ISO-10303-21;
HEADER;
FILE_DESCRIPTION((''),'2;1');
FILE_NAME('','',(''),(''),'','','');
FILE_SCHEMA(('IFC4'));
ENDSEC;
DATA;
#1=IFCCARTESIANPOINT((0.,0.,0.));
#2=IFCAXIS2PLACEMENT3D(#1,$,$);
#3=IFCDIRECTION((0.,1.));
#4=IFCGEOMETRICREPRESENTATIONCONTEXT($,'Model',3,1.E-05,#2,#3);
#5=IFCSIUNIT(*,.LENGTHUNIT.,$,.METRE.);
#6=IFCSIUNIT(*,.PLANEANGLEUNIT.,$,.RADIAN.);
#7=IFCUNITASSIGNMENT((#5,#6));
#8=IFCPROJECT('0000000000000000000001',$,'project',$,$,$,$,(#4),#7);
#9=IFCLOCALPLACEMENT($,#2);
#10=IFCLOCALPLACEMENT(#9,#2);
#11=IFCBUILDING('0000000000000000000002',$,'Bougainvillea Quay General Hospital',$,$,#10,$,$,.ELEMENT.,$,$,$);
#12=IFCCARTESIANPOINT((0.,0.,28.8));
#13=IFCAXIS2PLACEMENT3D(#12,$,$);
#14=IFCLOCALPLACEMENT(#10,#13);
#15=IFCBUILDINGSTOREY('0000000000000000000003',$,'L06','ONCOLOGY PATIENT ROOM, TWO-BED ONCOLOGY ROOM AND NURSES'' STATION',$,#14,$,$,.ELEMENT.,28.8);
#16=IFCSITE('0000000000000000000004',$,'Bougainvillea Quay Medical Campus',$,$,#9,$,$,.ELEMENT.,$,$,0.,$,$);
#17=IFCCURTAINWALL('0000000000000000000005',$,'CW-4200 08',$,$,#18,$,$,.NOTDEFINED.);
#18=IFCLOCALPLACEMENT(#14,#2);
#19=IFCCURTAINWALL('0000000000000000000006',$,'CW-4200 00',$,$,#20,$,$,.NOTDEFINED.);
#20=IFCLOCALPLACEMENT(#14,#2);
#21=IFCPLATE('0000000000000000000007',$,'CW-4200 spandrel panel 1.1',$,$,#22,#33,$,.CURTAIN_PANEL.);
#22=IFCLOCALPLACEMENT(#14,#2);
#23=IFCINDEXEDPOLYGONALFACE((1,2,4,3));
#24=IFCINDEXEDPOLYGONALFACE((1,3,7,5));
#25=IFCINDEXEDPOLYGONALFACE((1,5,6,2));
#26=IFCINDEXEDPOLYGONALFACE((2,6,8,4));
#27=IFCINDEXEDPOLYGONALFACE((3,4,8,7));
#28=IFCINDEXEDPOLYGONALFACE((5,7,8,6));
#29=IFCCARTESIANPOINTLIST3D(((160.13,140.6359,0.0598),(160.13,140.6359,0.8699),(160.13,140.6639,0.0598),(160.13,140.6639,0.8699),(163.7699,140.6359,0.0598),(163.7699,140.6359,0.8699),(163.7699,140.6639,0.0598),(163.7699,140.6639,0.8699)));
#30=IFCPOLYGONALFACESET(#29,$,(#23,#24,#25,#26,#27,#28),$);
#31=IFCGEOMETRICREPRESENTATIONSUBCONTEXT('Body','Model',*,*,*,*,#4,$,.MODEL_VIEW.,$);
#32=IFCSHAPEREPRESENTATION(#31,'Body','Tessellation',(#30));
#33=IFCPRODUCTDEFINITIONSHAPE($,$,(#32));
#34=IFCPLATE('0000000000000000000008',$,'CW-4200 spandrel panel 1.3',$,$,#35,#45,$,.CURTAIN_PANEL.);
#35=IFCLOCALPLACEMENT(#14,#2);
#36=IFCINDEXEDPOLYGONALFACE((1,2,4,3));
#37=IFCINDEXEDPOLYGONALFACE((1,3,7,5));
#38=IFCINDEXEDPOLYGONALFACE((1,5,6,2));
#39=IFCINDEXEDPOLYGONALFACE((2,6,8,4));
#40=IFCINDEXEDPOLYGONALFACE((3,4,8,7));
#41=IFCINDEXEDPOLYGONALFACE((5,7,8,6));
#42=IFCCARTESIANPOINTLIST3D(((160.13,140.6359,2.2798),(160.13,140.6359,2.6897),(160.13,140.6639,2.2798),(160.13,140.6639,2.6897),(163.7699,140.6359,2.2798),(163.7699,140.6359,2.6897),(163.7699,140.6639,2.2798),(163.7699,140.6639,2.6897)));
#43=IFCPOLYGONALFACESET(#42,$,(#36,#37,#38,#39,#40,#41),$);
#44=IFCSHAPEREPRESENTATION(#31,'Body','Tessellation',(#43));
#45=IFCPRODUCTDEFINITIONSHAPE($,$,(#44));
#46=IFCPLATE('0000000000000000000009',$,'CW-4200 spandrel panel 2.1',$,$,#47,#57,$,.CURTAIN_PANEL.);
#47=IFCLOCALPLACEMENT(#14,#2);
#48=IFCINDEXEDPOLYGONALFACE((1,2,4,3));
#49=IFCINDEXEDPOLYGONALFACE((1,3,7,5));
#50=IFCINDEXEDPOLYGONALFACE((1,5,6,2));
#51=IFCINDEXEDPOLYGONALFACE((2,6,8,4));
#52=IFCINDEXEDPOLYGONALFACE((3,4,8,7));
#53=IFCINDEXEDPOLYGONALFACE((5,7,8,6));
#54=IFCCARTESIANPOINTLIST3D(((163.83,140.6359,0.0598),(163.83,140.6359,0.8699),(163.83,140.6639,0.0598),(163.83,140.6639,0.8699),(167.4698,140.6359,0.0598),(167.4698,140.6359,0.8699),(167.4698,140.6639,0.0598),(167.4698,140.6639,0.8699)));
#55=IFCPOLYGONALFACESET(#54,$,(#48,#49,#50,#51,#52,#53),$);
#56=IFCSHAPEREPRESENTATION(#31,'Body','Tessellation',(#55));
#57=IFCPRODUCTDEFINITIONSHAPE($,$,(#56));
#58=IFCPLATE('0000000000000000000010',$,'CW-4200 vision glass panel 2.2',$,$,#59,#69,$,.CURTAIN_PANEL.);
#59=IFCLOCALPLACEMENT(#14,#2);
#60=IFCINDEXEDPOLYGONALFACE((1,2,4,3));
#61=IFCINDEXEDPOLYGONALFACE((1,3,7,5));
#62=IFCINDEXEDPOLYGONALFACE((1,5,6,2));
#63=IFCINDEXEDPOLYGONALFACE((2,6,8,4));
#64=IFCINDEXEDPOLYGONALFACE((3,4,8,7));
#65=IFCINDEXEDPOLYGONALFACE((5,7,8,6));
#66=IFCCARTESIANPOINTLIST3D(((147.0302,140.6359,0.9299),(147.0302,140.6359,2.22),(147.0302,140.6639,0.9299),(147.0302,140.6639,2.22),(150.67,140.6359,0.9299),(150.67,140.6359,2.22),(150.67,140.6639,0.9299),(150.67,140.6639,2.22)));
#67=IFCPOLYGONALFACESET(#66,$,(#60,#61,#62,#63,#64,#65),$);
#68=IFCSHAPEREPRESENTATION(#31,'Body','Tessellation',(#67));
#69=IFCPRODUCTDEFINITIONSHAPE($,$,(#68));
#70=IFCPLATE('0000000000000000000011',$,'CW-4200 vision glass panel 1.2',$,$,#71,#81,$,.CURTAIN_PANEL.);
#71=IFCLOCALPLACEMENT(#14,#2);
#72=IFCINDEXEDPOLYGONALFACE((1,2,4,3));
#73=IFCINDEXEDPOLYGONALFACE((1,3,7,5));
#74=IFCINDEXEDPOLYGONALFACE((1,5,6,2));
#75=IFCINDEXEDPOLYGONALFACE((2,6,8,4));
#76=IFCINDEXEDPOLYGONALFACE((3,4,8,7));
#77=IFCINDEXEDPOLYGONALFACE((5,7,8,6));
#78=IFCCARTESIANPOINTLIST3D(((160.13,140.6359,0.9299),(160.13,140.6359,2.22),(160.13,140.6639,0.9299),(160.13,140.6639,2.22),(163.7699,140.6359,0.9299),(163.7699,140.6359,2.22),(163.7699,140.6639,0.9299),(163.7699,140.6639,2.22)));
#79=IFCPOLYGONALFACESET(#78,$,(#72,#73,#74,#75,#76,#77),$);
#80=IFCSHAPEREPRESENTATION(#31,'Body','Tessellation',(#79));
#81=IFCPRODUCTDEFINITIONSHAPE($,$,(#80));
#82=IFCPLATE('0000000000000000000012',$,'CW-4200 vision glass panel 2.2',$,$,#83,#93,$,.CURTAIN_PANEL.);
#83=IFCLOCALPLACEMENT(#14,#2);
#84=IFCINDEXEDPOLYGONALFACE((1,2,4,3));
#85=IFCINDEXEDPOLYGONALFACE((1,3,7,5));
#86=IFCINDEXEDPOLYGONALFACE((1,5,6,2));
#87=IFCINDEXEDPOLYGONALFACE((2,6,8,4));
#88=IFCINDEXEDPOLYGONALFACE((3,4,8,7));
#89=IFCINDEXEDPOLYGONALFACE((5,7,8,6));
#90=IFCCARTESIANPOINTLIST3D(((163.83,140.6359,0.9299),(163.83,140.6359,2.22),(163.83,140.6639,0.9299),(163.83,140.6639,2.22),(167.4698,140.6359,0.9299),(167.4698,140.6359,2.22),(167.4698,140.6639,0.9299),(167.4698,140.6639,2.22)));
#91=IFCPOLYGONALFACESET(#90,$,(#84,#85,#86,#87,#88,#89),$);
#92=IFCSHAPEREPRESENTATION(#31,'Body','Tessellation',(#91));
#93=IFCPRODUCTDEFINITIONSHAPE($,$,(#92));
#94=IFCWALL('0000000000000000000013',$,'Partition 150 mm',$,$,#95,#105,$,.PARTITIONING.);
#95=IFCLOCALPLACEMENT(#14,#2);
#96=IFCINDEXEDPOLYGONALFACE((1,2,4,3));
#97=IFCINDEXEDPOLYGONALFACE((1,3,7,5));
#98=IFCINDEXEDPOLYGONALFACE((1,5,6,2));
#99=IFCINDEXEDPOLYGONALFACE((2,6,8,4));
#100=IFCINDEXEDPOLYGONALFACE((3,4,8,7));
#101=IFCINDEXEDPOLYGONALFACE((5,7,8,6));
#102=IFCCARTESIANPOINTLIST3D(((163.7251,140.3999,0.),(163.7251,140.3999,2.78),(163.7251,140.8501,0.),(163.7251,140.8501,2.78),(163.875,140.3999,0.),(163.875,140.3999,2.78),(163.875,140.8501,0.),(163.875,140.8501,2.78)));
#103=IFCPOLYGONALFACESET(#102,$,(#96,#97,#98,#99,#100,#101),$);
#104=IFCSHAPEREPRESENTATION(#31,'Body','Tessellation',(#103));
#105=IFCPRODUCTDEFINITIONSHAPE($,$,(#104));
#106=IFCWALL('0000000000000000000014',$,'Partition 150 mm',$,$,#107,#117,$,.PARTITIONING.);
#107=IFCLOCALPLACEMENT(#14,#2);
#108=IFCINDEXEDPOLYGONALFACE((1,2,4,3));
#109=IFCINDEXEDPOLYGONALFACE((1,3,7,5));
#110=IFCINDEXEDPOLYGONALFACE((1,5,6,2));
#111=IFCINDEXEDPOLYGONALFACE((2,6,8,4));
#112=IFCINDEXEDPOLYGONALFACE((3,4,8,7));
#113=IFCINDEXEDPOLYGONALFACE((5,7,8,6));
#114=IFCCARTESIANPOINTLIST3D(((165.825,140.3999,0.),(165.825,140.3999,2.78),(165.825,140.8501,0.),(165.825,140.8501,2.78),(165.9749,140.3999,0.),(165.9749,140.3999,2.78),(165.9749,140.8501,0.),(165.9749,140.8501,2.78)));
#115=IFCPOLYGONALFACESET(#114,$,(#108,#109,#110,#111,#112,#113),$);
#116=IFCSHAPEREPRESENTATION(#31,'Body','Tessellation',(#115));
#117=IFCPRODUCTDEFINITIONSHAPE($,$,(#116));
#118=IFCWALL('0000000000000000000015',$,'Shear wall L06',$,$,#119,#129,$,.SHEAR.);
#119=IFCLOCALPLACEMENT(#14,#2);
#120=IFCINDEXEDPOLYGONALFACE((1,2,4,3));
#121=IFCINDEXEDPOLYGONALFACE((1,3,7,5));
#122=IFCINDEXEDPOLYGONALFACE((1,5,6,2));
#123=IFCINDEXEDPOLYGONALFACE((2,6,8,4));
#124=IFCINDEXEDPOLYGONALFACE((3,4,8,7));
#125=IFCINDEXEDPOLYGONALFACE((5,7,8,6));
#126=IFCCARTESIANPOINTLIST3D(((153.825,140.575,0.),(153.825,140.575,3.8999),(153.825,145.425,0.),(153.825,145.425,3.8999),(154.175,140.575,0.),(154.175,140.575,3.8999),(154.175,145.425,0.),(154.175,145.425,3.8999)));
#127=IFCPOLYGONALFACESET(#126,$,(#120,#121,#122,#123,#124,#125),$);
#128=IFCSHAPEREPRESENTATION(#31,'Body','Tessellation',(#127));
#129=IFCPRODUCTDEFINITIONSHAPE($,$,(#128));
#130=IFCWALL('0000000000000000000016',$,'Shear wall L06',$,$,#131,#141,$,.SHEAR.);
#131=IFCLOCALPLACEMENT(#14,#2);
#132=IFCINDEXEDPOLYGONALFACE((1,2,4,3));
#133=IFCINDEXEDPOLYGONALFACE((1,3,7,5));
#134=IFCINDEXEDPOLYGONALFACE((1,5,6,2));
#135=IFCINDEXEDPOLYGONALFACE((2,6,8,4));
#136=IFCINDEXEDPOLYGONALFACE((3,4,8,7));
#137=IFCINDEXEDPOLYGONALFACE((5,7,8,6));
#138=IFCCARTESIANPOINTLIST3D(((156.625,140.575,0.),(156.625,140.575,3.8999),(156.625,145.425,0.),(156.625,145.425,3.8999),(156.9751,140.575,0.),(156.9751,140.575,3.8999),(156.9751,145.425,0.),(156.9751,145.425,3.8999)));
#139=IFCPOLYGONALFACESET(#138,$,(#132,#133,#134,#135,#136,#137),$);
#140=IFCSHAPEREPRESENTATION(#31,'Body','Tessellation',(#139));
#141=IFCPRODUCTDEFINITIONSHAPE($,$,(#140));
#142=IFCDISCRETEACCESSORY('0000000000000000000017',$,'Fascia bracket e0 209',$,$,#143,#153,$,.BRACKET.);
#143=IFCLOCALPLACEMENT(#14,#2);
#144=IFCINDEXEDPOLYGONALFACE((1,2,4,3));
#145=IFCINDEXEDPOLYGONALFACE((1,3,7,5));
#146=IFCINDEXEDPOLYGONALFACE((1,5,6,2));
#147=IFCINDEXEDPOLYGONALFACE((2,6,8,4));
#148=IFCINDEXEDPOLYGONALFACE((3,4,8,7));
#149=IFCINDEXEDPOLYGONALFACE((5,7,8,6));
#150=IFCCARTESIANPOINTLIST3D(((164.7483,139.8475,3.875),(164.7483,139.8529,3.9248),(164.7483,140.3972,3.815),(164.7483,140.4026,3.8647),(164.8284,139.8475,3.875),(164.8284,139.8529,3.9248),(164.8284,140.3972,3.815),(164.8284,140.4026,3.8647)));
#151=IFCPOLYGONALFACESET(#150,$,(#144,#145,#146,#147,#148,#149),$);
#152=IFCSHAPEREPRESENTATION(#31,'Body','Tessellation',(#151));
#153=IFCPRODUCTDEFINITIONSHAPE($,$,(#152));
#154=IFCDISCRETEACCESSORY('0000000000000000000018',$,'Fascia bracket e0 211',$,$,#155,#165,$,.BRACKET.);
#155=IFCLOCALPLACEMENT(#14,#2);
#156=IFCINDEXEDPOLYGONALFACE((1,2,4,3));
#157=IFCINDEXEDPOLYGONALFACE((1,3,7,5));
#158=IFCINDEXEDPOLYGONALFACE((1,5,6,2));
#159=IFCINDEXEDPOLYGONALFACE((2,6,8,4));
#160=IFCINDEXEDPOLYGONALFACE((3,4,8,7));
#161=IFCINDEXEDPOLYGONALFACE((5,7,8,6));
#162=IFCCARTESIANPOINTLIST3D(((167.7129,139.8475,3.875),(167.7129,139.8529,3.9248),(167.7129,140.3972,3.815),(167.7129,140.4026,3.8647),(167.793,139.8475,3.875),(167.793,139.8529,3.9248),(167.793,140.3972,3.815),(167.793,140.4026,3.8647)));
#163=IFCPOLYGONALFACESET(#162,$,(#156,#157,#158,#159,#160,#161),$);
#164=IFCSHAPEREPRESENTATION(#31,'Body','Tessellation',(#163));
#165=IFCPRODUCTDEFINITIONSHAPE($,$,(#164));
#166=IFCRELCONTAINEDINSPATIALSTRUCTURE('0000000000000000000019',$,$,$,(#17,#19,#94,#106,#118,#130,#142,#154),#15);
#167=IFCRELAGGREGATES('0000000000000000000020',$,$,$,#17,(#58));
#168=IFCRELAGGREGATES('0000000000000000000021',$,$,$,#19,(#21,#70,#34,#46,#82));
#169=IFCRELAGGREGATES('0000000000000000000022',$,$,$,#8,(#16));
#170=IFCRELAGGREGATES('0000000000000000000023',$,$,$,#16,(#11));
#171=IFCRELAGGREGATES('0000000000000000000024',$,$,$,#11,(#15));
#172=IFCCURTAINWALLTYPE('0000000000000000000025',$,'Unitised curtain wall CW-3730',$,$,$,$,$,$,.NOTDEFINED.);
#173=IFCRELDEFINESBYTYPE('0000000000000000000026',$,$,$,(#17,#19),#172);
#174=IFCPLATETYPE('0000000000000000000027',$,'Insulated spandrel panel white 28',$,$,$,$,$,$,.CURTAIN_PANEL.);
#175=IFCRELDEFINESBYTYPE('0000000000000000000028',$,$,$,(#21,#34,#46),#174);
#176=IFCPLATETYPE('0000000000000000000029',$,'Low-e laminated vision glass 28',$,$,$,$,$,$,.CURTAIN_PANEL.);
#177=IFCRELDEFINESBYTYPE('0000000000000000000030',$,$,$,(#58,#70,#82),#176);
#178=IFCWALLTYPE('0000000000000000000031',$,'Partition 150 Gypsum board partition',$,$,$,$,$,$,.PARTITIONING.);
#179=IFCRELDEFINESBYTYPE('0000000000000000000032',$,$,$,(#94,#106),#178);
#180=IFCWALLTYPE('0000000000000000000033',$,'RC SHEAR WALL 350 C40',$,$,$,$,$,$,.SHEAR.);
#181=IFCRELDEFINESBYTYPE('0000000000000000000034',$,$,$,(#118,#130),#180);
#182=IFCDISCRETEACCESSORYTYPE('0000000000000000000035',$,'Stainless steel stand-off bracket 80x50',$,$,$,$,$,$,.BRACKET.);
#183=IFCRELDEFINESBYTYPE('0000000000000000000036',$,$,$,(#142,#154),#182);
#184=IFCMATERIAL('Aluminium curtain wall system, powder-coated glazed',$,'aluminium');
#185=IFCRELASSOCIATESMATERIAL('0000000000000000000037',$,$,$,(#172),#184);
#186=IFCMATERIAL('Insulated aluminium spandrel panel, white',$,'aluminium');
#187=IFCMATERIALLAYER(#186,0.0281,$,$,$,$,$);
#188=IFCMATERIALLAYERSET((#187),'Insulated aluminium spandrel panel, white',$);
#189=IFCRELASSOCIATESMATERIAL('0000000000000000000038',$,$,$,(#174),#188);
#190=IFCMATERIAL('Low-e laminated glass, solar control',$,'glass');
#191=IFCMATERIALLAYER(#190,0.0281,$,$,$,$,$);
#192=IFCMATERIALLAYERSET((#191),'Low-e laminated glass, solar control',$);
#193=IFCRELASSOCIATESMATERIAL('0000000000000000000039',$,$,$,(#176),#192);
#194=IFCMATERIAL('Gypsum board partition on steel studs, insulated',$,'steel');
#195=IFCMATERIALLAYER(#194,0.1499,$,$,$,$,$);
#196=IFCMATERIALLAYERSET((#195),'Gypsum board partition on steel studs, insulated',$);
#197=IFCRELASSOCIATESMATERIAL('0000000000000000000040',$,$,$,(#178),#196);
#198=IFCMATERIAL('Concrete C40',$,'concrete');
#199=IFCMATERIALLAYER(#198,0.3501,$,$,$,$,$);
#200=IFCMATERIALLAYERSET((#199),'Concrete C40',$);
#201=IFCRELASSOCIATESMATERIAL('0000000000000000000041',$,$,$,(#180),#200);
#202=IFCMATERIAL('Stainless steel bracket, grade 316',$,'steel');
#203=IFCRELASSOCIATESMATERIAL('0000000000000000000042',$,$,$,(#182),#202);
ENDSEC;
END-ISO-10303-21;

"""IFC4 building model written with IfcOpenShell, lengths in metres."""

from ifc_helpers import new_model, si_unit, direction, frame, frame_2d, origin, origin_2d, place, context, subcontext, project, spatial, rectangle, extrude, material, layer, layer_set, material_profile, profile_set, type_object, element, aggregate, save


model = new_model("IFC4")

# Units and contexts
model_context = context("Model", 3, precision=1e-05, world=origin(), true_north=direction((0.0, 1.0)))
body_context = subcontext(model_context, "Body", "Model", "MODEL_VIEW")
ifc_project = project(units=[si_unit("LENGTHUNIT", "METRE"), si_unit("PLANEANGLEUNIT", "RADIAN")], contexts=[model_context])

# Site, building, storey
site_placement = place(None, origin())
site = spatial("IfcSite", under=ifc_project, at=site_placement, Name="Bougainvillea Quay Medical Campus", CompositionType="ELEMENT", RefElevation=0.0)
building_placement = place(site_placement, origin())
building = spatial("IfcBuilding", under=site, at=building_placement, Name="Bougainvillea Quay General Hospital", CompositionType="ELEMENT")
storey_placement = place(building_placement, frame((0.0, 0.0, 28.8)))
storey = spatial("IfcBuildingStorey", under=building, at=storey_placement, Name="L06", Description="ONCOLOGY PATIENT ROOM, TWO-BED ONCOLOGY ROOM AND NURSES' STATION", CompositionType="ELEMENT", Elevation=28.8)

# Curtain wall
ifc_material_1 = material(Name="Aluminium curtain wall system, powder-coated glazed", Category="aluminium")
curtain_wall_type = type_object("IfcCurtainWallType", Name="Unitised curtain wall CW-3730", PredefinedType="NOTDEFINED", material=ifc_material_1)
curtain_wall_1_placement = place(storey_placement, origin())
curtain_wall_1 = element("IfcCurtainWall", 1, at=curtain_wall_1_placement, inside=storey, type_object=curtain_wall_type, Name="CW-4200 08", PredefinedType="NOTDEFINED")

# Curtain wall
curtain_wall_2_placement = place(storey_placement, origin())
curtain_wall_2 = element("IfcCurtainWall", 2, at=curtain_wall_2_placement, inside=storey, type_object=curtain_wall_type, Name="CW-4200 00", PredefinedType="NOTDEFINED")

# Shared definitions
ifc_material_2 = material(Name="Concrete C40", Category="concrete")

# Plates
ifc_material_3 = material(Name="Insulated aluminium spandrel panel, white", Category="aluminium")
ifc_layer_1 = layer(ifc_material_3, 0.0281)
ifc_layer_set_1 = layer_set([ifc_layer_1], Name="Insulated aluminium spandrel panel, white")
plate_type_1 = type_object("IfcPlateType", Name="Insulated spandrel panel white 28", PredefinedType="CURTAIN_PANEL", material=ifc_layer_set_1)
plate_1_placement = place(storey_placement, frame((161.95, 140.6499, 0.0598), z_axis=(0.0, 0.0, 1.0), x_axis=(1.0, 0.0, 0.0)))
plate_1 = element("IfcPlate", 3, at=plate_1_placement, type_object=plate_type_1, Name="CW-4200 spandrel panel 1.1", PredefinedType="CURTAIN_PANEL", context=body_context, shape_type="SweptSolid", body=[
    extrude(rectangle(XDim=3.6399, YDim=0.0281, at=origin_2d()), origin(), (0.0, 0.0, 1.0), 0.8101),
])
plate_2_placement = place(storey_placement, frame((161.95, 140.6499, 2.2798), z_axis=(0.0, 0.0, 1.0), x_axis=(1.0, 0.0, 0.0)))
plate_2 = element("IfcPlate", 4, at=plate_2_placement, type_object=plate_type_1, Name="CW-4200 spandrel panel 1.3", PredefinedType="CURTAIN_PANEL", context=body_context, shape_type="SweptSolid", body=[
    extrude(rectangle(XDim=3.6399, YDim=0.0281, at=origin_2d()), origin(), (0.0, 0.0, 1.0), 0.4099),
])
plate_3_placement = place(storey_placement, frame((165.6499, 140.6499, 0.0598), z_axis=(0.0, 0.0, 1.0), x_axis=(1.0, 0.0, 0.0)))
plate_3 = element("IfcPlate", 5, at=plate_3_placement, type_object=plate_type_1, Name="CW-4200 spandrel panel 2.1", PredefinedType="CURTAIN_PANEL", context=body_context, shape_type="SweptSolid", body=[
    extrude(rectangle(XDim=3.6399, YDim=0.0281, at=origin_2d()), origin(), (0.0, 0.0, 1.0), 0.8101),
])
ifc_material_4 = material(Name="Low-e laminated glass, solar control", Category="glass")
ifc_layer_2 = layer(ifc_material_4, 0.0281)
ifc_layer_set_2 = layer_set([ifc_layer_2], Name="Low-e laminated glass, solar control")
plate_type_2 = type_object("IfcPlateType", Name="Low-e laminated vision glass 28", PredefinedType="CURTAIN_PANEL", material=ifc_layer_set_2)
plate_4_placement = place(storey_placement, frame((148.8501, 140.6499, 0.9299), z_axis=(0.0, 0.0, 1.0), x_axis=(1.0, 0.0, 0.0)))
plate_4 = element("IfcPlate", 6, at=plate_4_placement, type_object=plate_type_2, Name="CW-4200 vision glass panel 2.2", PredefinedType="CURTAIN_PANEL", context=body_context, shape_type="SweptSolid", body=[
    extrude(rectangle(XDim=3.6399, YDim=0.0281, at=origin_2d()), origin(), (0.0, 0.0, 1.0), 1.29),
])
aggregate(curtain_wall_1, [plate_4])
plate_5_placement = place(storey_placement, frame((161.95, 140.6499, 0.9299), z_axis=(0.0, 0.0, 1.0), x_axis=(1.0, 0.0, 0.0)))
plate_5 = element("IfcPlate", 7, at=plate_5_placement, type_object=plate_type_2, Name="CW-4200 vision glass panel 1.2", PredefinedType="CURTAIN_PANEL", context=body_context, shape_type="SweptSolid", body=[
    extrude(rectangle(XDim=3.6399, YDim=0.0281, at=origin_2d()), origin(), (0.0, 0.0, 1.0), 1.29),
])
plate_6_placement = place(storey_placement, frame((165.6499, 140.6499, 0.9299), z_axis=(0.0, 0.0, 1.0), x_axis=(1.0, 0.0, 0.0)))
plate_6 = element("IfcPlate", 8, at=plate_6_placement, type_object=plate_type_2, Name="CW-4200 vision glass panel 2.2", PredefinedType="CURTAIN_PANEL", context=body_context, shape_type="SweptSolid", body=[
    extrude(rectangle(XDim=3.6399, YDim=0.0281, at=origin_2d()), origin(), (0.0, 0.0, 1.0), 1.29),
])
aggregate(curtain_wall_2, [plate_1, plate_5, plate_2, plate_3, plate_6])

# Walls
ifc_material_5 = material(Name="Gypsum board partition on steel studs, insulated", Category="steel")
ifc_layer_3 = layer(ifc_material_5, 0.1499)
ifc_layer_set_3 = layer_set([ifc_layer_3], Name="Gypsum board partition on steel studs, insulated")
wall_type_1 = type_object("IfcWallType", Name="Partition 150 Gypsum board partition", PredefinedType="PARTITIONING", material=ifc_layer_set_3)
for number, where, z_axis, x_axis, name in (
    (9, (163.8, 140.3999, 0.0), (0.0, 0.0, 1.0), (0.0, 1.0, 0.0), "Partition 150 mm"),
    (10, (165.8999, 140.3999, 0.0), (0.0, 0.0, 1.0), (0.0, 1.0, 0.0), "Partition 150 mm"),
):
    element("IfcWall", number, at=place(storey_placement, frame(where, z_axis=z_axis, x_axis=x_axis)), inside=storey, type_object=wall_type_1, Name=name, PredefinedType="PARTITIONING", context=body_context, shape_type="SweptSolid", body=[
        extrude(rectangle(XDim=0.4502, YDim=0.1499, at=frame_2d((0.2251, 0.0))), origin(), (0.0, 0.0, 1.0), 2.78),
    ])
ifc_layer_4 = layer(ifc_material_2, 0.3501)
ifc_layer_set_4 = layer_set([ifc_layer_4], Name="Concrete C40")
wall_type_2 = type_object("IfcWallType", Name="RC SHEAR WALL 350 C40", PredefinedType="SHEAR", material=ifc_layer_set_4)
for number, where, z_axis, x_axis, name in (
    (11, (154.0, 140.575, 0.0), (0.0, 0.0, 1.0), (0.0, 1.0, 0.0), "Shear wall L06"),
    (12, (156.8, 140.575, 0.0), (0.0, 0.0, 1.0), (0.0, 1.0, 0.0), "Shear wall L06"),
):
    element("IfcWall", number, at=place(storey_placement, frame(where, z_axis=z_axis, x_axis=x_axis)), inside=storey, type_object=wall_type_2, Name=name, PredefinedType="SHEAR", context=body_context, shape_type="SweptSolid", body=[
        extrude(rectangle(XDim=4.8501, YDim=0.3501, at=frame_2d((2.425, 0.0))), origin(), (0.0, 0.0, 1.0), 3.8999),
    ])

# Discrete accessories
ifc_material_6 = material(Name="Stainless steel bracket, grade 316", Category="steel")
ifc_material_profile_1 = material_profile(ifc_material_6, rectangle(XDim=0.0801, YDim=0.05, at=origin_2d()))
ifc_profile_set_1 = profile_set([ifc_material_profile_1], Name="Stainless steel bracket, grade 316")
discrete_accessory_type = type_object("IfcDiscreteAccessoryType", Name="Stainless steel stand-off bracket 80x50", PredefinedType="BRACKET", material=ifc_profile_set_1)
for number, where, z_axis, x_axis, name in (
    (13, (164.7883, 140.3999, 3.8398), (0.0, -0.994087, 0.10859), (1.0, 0.0, 0.0), "Fascia bracket e0 209"),
    (14, (167.7529, 140.3999, 3.8398), (0.0, -0.994087, 0.10859), (1.0, 0.0, 0.0), "Fascia bracket e0 211"),
):
    element("IfcDiscreteAccessory", number, at=place(storey_placement, frame(where, z_axis=z_axis, x_axis=x_axis)), inside=storey, type_object=discrete_accessory_type, Name=name, PredefinedType="BRACKET", context=body_context, shape_type="SweptSolid", body=[
        extrude(rectangle(XDim=0.0801, YDim=0.05, at=origin_2d()), origin(), (0.0, 0.0, 1.0), 0.553),
    ])

save(model, "model.ifc")
